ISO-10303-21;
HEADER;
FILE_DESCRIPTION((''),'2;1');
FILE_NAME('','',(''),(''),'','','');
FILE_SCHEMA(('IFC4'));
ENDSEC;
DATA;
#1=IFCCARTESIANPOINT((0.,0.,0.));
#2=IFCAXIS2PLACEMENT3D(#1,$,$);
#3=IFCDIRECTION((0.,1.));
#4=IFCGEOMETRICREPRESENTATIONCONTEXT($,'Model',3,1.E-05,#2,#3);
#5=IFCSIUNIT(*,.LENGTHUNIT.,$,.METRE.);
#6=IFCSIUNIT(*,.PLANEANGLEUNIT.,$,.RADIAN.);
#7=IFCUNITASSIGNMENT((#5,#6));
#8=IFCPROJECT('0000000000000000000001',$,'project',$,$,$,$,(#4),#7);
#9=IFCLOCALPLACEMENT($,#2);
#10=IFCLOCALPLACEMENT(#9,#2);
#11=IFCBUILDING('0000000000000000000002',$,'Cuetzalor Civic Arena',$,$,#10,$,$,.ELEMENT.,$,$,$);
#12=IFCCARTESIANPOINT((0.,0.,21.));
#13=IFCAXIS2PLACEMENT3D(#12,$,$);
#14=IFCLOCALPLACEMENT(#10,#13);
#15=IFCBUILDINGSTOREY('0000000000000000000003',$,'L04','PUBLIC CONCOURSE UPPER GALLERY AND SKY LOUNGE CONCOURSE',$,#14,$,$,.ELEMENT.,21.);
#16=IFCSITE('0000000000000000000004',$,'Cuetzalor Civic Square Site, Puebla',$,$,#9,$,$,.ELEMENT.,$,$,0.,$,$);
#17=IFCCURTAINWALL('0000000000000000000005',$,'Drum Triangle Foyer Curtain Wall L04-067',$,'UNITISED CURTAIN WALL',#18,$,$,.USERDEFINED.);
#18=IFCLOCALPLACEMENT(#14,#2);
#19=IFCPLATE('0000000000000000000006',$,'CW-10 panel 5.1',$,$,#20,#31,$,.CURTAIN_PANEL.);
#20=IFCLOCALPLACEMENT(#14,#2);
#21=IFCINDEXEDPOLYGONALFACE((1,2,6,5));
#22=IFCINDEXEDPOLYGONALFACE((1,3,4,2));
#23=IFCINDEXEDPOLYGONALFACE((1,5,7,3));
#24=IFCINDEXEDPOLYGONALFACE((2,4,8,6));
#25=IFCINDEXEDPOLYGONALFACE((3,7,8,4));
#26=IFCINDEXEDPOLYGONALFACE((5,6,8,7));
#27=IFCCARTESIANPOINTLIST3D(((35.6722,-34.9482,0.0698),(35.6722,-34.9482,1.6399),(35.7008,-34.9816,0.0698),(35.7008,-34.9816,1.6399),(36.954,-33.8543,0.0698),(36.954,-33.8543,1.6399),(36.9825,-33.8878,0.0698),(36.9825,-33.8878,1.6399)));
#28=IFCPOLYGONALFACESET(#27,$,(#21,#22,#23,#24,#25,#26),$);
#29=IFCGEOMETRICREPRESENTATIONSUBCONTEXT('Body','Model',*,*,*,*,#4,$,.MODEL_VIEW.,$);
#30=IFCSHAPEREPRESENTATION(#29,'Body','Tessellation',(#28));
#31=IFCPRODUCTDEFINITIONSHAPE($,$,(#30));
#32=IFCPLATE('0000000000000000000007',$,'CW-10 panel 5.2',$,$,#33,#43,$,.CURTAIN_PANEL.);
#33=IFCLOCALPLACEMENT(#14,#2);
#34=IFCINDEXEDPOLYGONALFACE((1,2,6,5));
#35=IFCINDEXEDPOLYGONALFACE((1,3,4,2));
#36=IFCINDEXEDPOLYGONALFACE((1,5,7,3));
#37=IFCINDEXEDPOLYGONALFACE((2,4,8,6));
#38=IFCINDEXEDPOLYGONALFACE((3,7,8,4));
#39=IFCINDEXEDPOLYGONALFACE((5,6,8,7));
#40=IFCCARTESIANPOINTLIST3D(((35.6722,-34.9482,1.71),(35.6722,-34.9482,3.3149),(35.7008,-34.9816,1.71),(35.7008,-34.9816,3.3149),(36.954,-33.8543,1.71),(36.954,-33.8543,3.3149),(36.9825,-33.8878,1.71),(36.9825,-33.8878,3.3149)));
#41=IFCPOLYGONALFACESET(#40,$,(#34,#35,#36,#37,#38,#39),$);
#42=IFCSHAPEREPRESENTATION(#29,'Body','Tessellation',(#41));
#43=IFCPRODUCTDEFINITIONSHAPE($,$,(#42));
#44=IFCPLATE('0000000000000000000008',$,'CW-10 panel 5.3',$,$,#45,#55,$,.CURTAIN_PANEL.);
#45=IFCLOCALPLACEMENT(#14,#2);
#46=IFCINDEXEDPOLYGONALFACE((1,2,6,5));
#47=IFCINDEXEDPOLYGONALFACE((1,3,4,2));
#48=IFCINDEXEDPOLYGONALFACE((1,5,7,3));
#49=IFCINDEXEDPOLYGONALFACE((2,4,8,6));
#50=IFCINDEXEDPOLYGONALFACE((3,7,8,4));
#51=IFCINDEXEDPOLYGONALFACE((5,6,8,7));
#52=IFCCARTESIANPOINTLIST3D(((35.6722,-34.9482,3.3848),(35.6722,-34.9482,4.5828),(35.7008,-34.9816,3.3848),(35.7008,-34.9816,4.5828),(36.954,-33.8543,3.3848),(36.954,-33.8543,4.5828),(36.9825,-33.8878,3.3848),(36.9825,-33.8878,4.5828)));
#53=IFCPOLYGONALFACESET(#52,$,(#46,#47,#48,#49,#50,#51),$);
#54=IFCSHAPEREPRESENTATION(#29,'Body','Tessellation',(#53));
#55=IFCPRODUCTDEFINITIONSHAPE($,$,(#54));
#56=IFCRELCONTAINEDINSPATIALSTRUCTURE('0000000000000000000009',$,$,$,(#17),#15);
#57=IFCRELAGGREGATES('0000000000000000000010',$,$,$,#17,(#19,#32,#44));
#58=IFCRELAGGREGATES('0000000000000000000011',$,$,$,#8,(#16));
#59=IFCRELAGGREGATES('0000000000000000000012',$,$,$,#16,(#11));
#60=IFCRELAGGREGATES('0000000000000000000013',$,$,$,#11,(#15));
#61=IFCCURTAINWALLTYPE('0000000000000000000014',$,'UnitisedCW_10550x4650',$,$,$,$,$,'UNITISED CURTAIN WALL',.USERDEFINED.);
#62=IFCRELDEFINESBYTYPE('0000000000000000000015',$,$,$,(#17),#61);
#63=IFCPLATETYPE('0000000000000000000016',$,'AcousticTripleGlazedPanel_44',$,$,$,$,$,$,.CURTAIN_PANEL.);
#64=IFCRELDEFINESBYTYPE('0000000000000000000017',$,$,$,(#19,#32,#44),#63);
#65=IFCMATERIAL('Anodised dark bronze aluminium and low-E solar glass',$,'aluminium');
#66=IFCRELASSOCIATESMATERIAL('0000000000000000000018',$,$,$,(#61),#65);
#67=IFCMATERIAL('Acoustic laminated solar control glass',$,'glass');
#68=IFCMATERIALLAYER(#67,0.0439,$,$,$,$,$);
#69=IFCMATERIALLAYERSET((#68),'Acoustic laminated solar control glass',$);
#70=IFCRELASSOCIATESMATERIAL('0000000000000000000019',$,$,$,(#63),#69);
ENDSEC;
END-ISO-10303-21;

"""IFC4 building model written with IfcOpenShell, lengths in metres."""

from ifc_helpers import new_model, si_unit, direction, frame, origin, origin_2d, place, context, subcontext, project, spatial, rectangle, extrude, material, layer, layer_set, type_object, element, aggregate, save


model = new_model("IFC4")

# Units and contexts
model_context = context("Model", 3, precision=1e-05, world=origin(), true_north=direction((0.0, 1.0)))
body_context = subcontext(model_context, "Body", "Model", "MODEL_VIEW")
ifc_project = project(units=[si_unit("LENGTHUNIT", "METRE"), si_unit("PLANEANGLEUNIT", "RADIAN")], contexts=[model_context])

# Site, building, storey
site_placement = place(None, origin())
site = spatial("IfcSite", under=ifc_project, at=site_placement, Name="Cuetzalor Civic Square Site, Puebla", CompositionType="ELEMENT", RefElevation=0.0)
building_placement = place(site_placement, origin())
building = spatial("IfcBuilding", under=site, at=building_placement, Name="Cuetzalor Civic Arena", CompositionType="ELEMENT")
storey_placement = place(building_placement, frame((0.0, 0.0, 21.0)))
storey = spatial("IfcBuildingStorey", under=building, at=storey_placement, Name="L04", Description="PUBLIC CONCOURSE UPPER GALLERY AND SKY LOUNGE CONCOURSE", CompositionType="ELEMENT", Elevation=21.0)

# Curtain wall
ifc_material_1 = material(Name="Anodised dark bronze aluminium and low-E solar glass", Category="aluminium")
curtain_wall_type = type_object("IfcCurtainWallType", Name="UnitisedCW_10550x4650", ElementType="UNITISED CURTAIN WALL", PredefinedType="USERDEFINED", material=ifc_material_1)
curtain_wall_placement = place(storey_placement, origin())
curtain_wall = element("IfcCurtainWall", 1, at=curtain_wall_placement, inside=storey, type_object=curtain_wall_type, Name="Drum Triangle Foyer Curtain Wall L04-067", ObjectType="UNITISED CURTAIN WALL", PredefinedType="USERDEFINED")

# Plates
ifc_material_2 = material(Name="Acoustic laminated solar control glass", Category="glass")
ifc_layer = layer(ifc_material_2, 0.0439)
ifc_layer_set = layer_set([ifc_layer], Name="Acoustic laminated solar control glass")
plate_type = type_object("IfcPlateType", Name="AcousticTripleGlazedPanel_44", PredefinedType="CURTAIN_PANEL", material=ifc_layer_set)
plate_1_placement = place(storey_placement, frame((36.3274, -34.418, 0.0698), z_axis=(0.0, 0.0, 1.0), x_axis=(-0.760677, -0.64913, 0.0)))
plate_1 = element("IfcPlate", 2, at=plate_1_placement, type_object=plate_type, Name="CW-10 panel 5.1", PredefinedType="CURTAIN_PANEL", context=body_context, shape_type="SweptSolid", body=[
    extrude(rectangle(XDim=1.6851, YDim=0.0439, at=origin_2d()), origin(), (0.0, 0.0, 1.0), 1.5701),
])
plate_2_placement = place(storey_placement, frame((36.3274, -34.418, 1.71), z_axis=(0.0, 0.0, 1.0), x_axis=(-0.760677, -0.64913, 0.0)))
plate_2 = element("IfcPlate", 3, at=plate_2_placement, type_object=plate_type, Name="CW-10 panel 5.2", PredefinedType="CURTAIN_PANEL", context=body_context, shape_type="SweptSolid", body=[
    extrude(rectangle(XDim=1.6851, YDim=0.0439, at=origin_2d()), origin(), (0.0, 0.0, 1.0), 1.605),
])
plate_3_placement = place(storey_placement, frame((36.3274, -34.418, 3.3848), z_axis=(0.0, 0.0, 1.0), x_axis=(-0.760677, -0.64913, 0.0)))
plate_3 = element("IfcPlate", 4, at=plate_3_placement, type_object=plate_type, Name="CW-10 panel 5.3", PredefinedType="CURTAIN_PANEL", context=body_context, shape_type="SweptSolid", body=[
    extrude(rectangle(XDim=1.6851, YDim=0.0439, at=origin_2d()), origin(), (0.0, 0.0, 1.0), 1.198),
])
aggregate(curtain_wall, [plate_1, plate_2, plate_3])

save(model, "model.ifc")
